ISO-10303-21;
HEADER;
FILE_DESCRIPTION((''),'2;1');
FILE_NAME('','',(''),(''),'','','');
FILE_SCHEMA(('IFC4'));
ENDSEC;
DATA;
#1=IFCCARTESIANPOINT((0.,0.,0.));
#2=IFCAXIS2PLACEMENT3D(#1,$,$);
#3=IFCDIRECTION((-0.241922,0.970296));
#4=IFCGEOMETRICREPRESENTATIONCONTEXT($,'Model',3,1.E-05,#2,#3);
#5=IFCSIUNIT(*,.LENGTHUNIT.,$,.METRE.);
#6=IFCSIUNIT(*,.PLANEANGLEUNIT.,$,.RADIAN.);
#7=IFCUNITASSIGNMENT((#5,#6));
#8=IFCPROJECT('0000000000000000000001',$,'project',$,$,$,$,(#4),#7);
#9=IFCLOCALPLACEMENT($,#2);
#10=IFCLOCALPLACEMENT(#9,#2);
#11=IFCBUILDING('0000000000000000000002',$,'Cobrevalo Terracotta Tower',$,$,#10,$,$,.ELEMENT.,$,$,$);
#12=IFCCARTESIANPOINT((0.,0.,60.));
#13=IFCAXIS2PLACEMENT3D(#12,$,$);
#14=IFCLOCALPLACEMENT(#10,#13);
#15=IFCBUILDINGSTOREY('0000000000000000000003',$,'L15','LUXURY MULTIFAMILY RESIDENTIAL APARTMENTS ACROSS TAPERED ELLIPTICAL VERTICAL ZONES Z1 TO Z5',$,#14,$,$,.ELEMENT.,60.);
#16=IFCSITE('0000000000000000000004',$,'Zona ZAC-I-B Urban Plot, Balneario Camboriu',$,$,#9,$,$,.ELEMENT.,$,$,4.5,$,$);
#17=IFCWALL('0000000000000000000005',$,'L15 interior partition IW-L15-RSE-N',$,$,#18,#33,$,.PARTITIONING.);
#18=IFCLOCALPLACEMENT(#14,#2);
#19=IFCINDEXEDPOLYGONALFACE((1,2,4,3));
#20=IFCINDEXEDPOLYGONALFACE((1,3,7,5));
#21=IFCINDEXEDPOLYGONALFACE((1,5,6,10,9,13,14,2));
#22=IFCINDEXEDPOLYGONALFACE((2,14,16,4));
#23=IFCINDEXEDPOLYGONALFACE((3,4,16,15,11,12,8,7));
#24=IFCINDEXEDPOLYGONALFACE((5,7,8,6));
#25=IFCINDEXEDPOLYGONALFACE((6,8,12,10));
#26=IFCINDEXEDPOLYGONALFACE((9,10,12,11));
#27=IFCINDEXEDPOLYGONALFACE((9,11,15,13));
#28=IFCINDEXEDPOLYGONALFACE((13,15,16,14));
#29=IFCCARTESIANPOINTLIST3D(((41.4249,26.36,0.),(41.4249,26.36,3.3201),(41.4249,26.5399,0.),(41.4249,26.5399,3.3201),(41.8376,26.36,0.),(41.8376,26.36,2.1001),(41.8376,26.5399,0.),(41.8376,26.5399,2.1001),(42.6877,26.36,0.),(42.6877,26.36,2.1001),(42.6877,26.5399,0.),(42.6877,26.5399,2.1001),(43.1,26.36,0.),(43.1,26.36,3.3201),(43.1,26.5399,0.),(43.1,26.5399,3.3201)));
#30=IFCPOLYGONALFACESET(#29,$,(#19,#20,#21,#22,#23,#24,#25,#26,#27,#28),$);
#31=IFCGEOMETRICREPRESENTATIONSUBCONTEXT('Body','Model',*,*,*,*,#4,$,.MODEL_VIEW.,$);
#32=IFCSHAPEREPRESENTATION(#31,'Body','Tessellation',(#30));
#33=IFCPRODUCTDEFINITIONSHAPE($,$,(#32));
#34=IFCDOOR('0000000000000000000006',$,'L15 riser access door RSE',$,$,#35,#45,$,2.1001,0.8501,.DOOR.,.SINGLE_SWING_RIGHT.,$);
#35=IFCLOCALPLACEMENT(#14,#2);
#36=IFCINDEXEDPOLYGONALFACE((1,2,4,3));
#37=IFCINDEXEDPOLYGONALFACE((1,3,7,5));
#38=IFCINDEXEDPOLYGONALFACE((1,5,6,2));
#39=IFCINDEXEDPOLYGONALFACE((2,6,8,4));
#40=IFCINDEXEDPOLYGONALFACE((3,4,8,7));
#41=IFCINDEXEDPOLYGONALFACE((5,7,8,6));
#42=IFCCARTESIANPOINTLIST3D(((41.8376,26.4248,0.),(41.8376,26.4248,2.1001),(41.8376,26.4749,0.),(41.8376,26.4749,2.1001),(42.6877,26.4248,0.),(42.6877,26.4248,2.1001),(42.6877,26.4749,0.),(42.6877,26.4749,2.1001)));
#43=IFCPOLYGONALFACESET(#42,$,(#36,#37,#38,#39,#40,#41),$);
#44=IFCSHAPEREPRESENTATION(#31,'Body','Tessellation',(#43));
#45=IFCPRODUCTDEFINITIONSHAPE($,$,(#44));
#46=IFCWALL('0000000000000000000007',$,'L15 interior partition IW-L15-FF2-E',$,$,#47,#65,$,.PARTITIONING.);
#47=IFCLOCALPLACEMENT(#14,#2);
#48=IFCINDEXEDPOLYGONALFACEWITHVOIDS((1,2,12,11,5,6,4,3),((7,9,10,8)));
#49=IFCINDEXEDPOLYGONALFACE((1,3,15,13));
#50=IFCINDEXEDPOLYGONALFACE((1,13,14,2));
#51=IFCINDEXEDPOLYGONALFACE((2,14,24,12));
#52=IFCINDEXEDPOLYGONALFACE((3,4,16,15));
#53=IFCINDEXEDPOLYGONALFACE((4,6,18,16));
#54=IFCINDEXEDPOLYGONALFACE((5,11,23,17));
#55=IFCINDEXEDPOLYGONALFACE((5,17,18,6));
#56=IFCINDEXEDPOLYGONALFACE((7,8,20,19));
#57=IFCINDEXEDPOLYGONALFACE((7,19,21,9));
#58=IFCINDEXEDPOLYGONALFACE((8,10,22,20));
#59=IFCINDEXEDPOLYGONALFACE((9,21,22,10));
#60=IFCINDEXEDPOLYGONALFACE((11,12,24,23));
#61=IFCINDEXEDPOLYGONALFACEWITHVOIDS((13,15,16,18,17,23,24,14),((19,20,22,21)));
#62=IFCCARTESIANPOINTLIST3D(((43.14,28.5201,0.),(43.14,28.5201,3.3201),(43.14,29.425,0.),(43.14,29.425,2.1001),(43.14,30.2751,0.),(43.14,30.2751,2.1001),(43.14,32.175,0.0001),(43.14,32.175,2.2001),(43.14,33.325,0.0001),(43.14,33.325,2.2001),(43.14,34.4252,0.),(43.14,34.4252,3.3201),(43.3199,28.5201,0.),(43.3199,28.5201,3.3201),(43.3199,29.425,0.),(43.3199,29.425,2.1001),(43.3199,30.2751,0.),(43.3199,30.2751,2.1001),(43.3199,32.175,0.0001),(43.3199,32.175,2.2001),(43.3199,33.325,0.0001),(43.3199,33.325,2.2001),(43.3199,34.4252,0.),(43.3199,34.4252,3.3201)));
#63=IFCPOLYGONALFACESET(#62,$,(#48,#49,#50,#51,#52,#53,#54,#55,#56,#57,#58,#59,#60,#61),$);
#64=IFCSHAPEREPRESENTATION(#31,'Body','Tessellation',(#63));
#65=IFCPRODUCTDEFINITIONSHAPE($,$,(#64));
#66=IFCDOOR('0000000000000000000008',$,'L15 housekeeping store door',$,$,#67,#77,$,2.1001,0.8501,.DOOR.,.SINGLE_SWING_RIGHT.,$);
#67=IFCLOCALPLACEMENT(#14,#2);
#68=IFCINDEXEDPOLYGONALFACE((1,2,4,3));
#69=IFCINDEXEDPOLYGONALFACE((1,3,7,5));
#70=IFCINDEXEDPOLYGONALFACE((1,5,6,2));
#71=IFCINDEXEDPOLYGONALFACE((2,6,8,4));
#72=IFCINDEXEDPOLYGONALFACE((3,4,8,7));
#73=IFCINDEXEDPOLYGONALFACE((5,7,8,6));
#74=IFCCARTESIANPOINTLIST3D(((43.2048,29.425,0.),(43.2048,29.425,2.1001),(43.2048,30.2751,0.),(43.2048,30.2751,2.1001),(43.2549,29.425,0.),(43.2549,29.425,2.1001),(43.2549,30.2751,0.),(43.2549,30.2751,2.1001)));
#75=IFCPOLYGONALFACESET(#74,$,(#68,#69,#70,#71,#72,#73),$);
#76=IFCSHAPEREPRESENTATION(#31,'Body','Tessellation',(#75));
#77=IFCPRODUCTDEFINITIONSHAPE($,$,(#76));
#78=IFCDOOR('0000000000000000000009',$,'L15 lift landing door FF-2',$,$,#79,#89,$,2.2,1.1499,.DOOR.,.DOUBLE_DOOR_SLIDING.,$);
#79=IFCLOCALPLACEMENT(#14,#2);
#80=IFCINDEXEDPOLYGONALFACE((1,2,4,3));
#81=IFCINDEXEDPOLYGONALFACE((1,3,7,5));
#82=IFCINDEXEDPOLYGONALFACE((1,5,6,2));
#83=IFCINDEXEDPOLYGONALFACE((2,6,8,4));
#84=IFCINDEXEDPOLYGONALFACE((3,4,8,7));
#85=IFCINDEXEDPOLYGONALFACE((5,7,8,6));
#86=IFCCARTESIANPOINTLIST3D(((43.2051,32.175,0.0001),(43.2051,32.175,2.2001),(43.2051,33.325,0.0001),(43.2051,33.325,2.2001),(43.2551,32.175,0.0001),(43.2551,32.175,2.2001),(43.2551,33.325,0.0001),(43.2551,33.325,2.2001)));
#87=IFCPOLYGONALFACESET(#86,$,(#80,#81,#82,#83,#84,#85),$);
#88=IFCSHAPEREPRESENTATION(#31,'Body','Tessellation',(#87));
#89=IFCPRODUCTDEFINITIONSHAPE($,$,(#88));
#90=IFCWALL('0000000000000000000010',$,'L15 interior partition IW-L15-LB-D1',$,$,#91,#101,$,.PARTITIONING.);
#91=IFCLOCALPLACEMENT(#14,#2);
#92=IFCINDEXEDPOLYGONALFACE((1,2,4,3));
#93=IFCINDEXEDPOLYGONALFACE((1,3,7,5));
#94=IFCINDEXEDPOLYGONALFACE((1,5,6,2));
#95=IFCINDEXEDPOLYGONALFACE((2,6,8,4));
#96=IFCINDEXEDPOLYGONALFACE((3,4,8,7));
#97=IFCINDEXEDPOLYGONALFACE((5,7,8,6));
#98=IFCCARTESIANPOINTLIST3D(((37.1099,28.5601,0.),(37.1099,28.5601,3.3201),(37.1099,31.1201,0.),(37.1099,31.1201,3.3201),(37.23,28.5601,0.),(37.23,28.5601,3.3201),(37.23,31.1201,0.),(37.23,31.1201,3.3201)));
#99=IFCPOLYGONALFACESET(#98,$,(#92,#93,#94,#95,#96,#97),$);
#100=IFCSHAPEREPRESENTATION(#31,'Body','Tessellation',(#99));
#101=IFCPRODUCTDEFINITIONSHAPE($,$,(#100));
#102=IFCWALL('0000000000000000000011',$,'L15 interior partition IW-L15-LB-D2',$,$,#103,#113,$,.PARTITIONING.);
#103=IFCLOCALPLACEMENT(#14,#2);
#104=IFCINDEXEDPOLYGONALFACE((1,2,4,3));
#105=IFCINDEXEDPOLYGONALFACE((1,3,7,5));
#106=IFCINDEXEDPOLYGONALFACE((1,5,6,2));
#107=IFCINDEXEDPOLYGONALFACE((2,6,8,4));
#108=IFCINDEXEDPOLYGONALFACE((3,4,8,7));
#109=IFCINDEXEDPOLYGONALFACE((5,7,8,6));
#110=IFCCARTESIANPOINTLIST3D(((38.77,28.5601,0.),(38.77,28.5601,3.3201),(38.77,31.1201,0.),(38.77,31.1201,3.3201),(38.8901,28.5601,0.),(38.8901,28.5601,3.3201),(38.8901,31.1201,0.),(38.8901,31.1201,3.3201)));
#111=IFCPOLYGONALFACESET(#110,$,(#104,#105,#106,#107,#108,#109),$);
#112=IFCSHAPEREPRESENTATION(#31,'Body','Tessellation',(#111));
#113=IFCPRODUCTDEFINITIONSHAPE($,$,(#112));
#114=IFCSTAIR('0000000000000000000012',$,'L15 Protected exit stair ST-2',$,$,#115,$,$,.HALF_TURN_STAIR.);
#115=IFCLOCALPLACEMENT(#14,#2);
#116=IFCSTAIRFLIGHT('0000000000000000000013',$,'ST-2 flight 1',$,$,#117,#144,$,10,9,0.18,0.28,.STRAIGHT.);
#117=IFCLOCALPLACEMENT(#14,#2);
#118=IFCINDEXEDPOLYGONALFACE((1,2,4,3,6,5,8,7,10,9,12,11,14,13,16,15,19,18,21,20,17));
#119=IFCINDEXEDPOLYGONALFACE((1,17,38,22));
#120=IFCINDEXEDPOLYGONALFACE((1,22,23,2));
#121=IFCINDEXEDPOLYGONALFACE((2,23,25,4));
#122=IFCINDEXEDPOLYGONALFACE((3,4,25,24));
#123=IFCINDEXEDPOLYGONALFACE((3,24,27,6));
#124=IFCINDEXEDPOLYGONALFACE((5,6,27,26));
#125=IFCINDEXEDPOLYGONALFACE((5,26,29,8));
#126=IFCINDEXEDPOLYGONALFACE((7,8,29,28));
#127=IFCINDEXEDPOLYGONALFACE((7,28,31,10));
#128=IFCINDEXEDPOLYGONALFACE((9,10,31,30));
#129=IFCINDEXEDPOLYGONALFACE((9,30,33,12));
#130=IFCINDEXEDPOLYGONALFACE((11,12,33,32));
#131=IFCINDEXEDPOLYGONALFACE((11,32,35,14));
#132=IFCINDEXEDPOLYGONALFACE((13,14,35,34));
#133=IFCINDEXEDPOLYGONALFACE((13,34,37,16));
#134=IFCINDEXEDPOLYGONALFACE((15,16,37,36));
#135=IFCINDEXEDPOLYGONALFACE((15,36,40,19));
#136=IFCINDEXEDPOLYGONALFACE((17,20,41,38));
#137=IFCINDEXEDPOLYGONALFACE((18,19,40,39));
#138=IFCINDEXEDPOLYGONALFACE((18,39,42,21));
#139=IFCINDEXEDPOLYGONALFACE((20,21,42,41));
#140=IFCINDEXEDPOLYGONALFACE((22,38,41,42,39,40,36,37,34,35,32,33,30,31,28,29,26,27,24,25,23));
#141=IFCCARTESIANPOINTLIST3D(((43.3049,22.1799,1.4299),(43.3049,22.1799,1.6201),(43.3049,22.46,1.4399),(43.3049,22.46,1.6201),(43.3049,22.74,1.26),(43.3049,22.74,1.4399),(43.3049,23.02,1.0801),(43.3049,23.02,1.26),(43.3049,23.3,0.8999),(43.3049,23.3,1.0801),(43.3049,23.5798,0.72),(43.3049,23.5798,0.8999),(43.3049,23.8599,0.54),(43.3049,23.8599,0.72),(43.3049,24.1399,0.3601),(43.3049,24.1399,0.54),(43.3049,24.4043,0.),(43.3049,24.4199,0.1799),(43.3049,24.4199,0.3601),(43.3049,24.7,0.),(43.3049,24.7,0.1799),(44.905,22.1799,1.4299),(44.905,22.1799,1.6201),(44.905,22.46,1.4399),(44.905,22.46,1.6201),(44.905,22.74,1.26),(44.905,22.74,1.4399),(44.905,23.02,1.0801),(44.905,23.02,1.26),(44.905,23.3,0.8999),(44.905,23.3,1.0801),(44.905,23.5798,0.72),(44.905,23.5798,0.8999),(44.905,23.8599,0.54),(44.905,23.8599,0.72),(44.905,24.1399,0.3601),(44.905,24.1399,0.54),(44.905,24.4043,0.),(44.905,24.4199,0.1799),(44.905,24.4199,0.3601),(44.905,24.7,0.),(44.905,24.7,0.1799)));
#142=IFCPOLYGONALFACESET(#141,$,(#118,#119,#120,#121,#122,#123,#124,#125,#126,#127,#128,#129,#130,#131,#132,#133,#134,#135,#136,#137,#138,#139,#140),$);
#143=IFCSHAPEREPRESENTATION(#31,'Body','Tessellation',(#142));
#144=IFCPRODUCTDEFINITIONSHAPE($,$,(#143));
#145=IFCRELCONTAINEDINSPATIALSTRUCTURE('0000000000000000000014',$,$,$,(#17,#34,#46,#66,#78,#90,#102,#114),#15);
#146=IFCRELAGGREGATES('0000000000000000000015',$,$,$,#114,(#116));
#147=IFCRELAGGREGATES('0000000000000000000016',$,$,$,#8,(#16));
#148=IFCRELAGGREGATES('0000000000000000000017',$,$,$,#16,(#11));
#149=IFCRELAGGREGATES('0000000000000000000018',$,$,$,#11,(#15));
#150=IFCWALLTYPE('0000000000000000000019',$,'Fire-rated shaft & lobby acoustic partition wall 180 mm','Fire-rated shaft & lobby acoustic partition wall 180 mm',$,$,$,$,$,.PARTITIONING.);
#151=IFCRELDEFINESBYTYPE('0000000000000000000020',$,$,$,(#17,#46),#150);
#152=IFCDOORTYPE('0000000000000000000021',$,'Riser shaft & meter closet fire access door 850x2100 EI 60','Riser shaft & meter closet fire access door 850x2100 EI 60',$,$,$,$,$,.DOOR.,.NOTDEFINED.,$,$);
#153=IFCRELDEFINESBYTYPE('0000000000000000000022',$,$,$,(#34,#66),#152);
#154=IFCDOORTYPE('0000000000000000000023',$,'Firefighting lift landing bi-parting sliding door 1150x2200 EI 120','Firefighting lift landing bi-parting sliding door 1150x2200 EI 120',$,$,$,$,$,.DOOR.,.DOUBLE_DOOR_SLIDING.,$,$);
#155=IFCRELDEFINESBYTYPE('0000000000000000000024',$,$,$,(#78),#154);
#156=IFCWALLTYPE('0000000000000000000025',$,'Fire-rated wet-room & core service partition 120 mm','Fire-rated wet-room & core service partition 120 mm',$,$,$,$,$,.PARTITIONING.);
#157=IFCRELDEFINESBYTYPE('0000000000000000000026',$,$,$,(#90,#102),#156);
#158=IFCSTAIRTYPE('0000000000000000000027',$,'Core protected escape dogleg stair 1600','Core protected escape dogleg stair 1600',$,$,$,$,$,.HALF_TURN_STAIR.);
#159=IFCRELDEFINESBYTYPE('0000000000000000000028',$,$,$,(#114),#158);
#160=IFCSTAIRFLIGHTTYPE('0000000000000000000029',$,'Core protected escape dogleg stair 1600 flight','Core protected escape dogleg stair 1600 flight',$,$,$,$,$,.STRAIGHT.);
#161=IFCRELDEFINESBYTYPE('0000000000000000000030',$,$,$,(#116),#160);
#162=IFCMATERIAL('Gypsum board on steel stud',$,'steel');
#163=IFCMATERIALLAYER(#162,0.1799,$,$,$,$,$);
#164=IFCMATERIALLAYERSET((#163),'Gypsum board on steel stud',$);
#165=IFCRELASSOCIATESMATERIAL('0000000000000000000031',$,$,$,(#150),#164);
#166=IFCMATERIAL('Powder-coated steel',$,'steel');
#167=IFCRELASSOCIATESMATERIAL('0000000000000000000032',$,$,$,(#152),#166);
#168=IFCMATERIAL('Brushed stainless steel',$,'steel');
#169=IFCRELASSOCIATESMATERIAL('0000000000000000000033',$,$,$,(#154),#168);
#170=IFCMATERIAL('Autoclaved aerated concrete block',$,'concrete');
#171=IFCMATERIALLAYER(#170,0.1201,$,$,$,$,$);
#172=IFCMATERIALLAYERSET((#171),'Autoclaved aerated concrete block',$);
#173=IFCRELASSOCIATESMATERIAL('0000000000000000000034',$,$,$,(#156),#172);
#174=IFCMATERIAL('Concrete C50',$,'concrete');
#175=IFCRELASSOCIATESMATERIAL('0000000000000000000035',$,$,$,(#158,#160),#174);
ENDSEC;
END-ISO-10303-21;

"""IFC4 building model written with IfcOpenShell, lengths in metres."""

from ifc_helpers import new_model, si_unit, direction, frame, frame_2d, origin, place, context, subcontext, project, spatial, polyline, rectangle, outline, extrude, source, transform, mapped, material, layer, layer_set, type_object, element, fill, aggregate, save


model = new_model("IFC4")

# Units and contexts
model_context = context("Model", 3, precision=1e-05, world=origin(), true_north=direction((-0.241922, 0.970296)))
body_context = subcontext(model_context, "Body", "Model", "MODEL_VIEW")
ifc_project = project(units=[si_unit("LENGTHUNIT", "METRE"), si_unit("PLANEANGLEUNIT", "RADIAN")], contexts=[model_context])

# Site, building, storey
site_placement = place(None, origin())
site = spatial("IfcSite", under=ifc_project, at=site_placement, Name="Zona ZAC-I-B Urban Plot, Balneario Camboriu", CompositionType="ELEMENT", RefElevation=4.5)
building_placement = place(site_placement, origin())
building = spatial("IfcBuilding", under=site, at=building_placement, Name="Cobrevalo Terracotta Tower", CompositionType="ELEMENT")
storey_placement = place(building_placement, frame((0.0, 0.0, 60.0)))
storey = spatial("IfcBuildingStorey", under=building, at=storey_placement, Name="L15", Description="LUXURY MULTIFAMILY RESIDENTIAL APARTMENTS ACROSS TAPERED ELLIPTICAL VERTICAL ZONES Z1 TO Z5", CompositionType="ELEMENT", Elevation=60.0)

# Shared definitions
ifc_material_1 = material(Name="Gypsum board on steel stud", Category="steel")

# Shared definitions
ifc_material_2 = material(Name="Brushed stainless steel", Category="steel")

# Wall, opening, door
ifc_layer_1 = layer(ifc_material_1, 0.1799)
ifc_layer_set_1 = layer_set([ifc_layer_1], Name="Gypsum board on steel stud")
wall_type_1 = type_object("IfcWallType", Name="Fire-rated shaft & lobby acoustic partition wall 180 mm", Description="Fire-rated shaft & lobby acoustic partition wall 180 mm", PredefinedType="PARTITIONING", material=ifc_layer_set_1)
wall_1_placement = place(storey_placement, frame((41.425, 26.45, 0.0), z_axis=(0.0, 0.0, 1.0), x_axis=(1.0, 0.0, 0.0)))
wall_1 = element("IfcWall", 1, at=wall_1_placement, inside=storey, type_object=wall_type_1, Name="L15 interior partition IW-L15-RSE-N", PredefinedType="PARTITIONING", context=body_context, shape_type="SweptSolid", body=[
    extrude(rectangle(XDim=1.675, YDim=0.1799, at=frame_2d((0.8374, 0.0))), origin(), (0.0, 0.0, 1.0), 3.3201),
])
opening_1_placement = place(wall_1_placement, frame((0.4126, 0.0, 0.0)))
opening_1 = element("IfcOpeningElement", 2, at=opening_1_placement, cuts=wall_1, PredefinedType="OPENING", context=body_context, shape_type="SweptSolid", body=[
    extrude(rectangle(XDim=0.8501, YDim=2.1001, at=frame_2d((0.425, 1.05))), frame((0.0, 0.1001, 0.0), z_axis=(0.0, -1.0, 0.0), x_axis=(1.0, 0.0, 0.0)), (0.0, 0.0, 1.0), 0.2),
])
ifc_material_3 = material(Name="Powder-coated steel", Category="steel")
door_type_1 = type_object("IfcDoorType", Name="Riser shaft & meter closet fire access door 850x2100 EI 60", Description="Riser shaft & meter closet fire access door 850x2100 EI 60", OperationType="NOTDEFINED", PredefinedType="DOOR", material=ifc_material_3)
shared_shape_1 = source(origin(), body_context, "Body", "SweptSolid", [
    extrude(rectangle(XDim=0.8501, YDim=2.1001, at=frame_2d((0.425, 1.05))), frame((0.0, 0.0249, 0.0), z_axis=(0.0, -1.0, 0.0), x_axis=(1.0, 0.0, 0.0)), (0.0, 0.0, 1.0), 0.05),
])
door_1_placement = place(opening_1_placement, origin())
door_1 = element("IfcDoor", 3, at=door_1_placement, inside=storey, type_object=door_type_1, Name="L15 riser access door RSE", OperationType="SINGLE_SWING_RIGHT", OverallHeight=2.1001, OverallWidth=0.8501, PredefinedType="DOOR", context=body_context, shape_type="MappedRepresentation", body=[
    mapped(shared_shape_1, transform((0.0, 0.0, 0.0), scale=1.0)),
])
fill(opening_1, door_1)

# Wall, openings, doors
wall_2_placement = place(storey_placement, frame((43.23, 28.52, 0.0), z_axis=(0.0, 0.0, 1.0), x_axis=(0.0, 1.0, 0.0)))
wall_2 = element("IfcWall", 4, at=wall_2_placement, inside=storey, type_object=wall_type_1, Name="L15 interior partition IW-L15-FF2-E", PredefinedType="PARTITIONING", context=body_context, shape_type="SweptSolid", body=[
    extrude(rectangle(XDim=5.905, YDim=0.1799, at=frame_2d((2.9526, 0.0))), origin(), (0.0, 0.0, 1.0), 3.3201),
])
opening_2_placement = place(wall_2_placement, frame((0.905, 0.0, 0.0)))
opening_2 = element("IfcOpeningElement", 5, at=opening_2_placement, cuts=wall_2, PredefinedType="OPENING", context=body_context, shape_type="SweptSolid", body=[
    extrude(rectangle(XDim=0.8501, YDim=2.1001, at=frame_2d((0.425, 1.05))), frame((0.0, 0.1001, 0.0), z_axis=(0.0, -1.0, 0.0), x_axis=(1.0, 0.0, 0.0)), (0.0, 0.0, 1.0), 0.2),
])
opening_3_placement = place(wall_2_placement, frame((3.655, 0.0, 0.0)))
opening_3 = element("IfcOpeningElement", 6, at=opening_3_placement, cuts=wall_2, PredefinedType="OPENING", context=body_context, shape_type="SweptSolid", body=[
    extrude(rectangle(XDim=1.1499, YDim=2.2, at=frame_2d((0.575, 1.1001))), frame((0.0, 0.1001, 0.0), z_axis=(0.0, -1.0, 0.0), x_axis=(1.0, 0.0, 0.0)), (0.0, 0.0, 1.0), 0.2),
])
door_2_placement = place(opening_2_placement, frame((0.8501, 0.0, 0.0), z_axis=(0.0, 0.0, 1.0), x_axis=(-1.0, 0.0, 0.0)))
door_2 = element("IfcDoor", 7, at=door_2_placement, inside=storey, type_object=door_type_1, Name="L15 housekeeping store door", OperationType="SINGLE_SWING_RIGHT", OverallHeight=2.1001, OverallWidth=0.8501, PredefinedType="DOOR", context=body_context, shape_type="MappedRepresentation", body=[
    mapped(shared_shape_1, transform((0.0, 0.0, 0.0), scale=1.0)),
])
fill(opening_2, door_2)
door_type_2 = type_object("IfcDoorType", Name="Firefighting lift landing bi-parting sliding door 1150x2200 EI 120", Description="Firefighting lift landing bi-parting sliding door 1150x2200 EI 120", OperationType="DOUBLE_DOOR_SLIDING", PredefinedType="DOOR", material=ifc_material_2)
shared_shape_2 = source(origin(), body_context, "Body", "SweptSolid", [
    extrude(rectangle(XDim=1.1499, YDim=2.2, at=frame_2d((0.575, 1.1001))), frame((0.0, 0.0249, 0.0), z_axis=(0.0, -1.0, 0.0), x_axis=(1.0, 0.0, 0.0)), (0.0, 0.0, 1.0), 0.05),
])
door_3_placement = place(opening_3_placement, origin())
door_3 = element("IfcDoor", 8, at=door_3_placement, inside=storey, type_object=door_type_2, Name="L15 lift landing door FF-2", OperationType="DOUBLE_DOOR_SLIDING", OverallHeight=2.2, OverallWidth=1.1499, PredefinedType="DOOR", context=body_context, shape_type="MappedRepresentation", body=[
    mapped(shared_shape_2, transform((0.0, 0.0, 0.0), scale=1.0)),
])
fill(opening_3, door_3)

# Walls
ifc_material_4 = material(Name="Autoclaved aerated concrete block", Category="concrete")
ifc_layer_2 = layer(ifc_material_4, 0.1201)
ifc_layer_set_2 = layer_set([ifc_layer_2], Name="Autoclaved aerated concrete block")
wall_type_2 = type_object("IfcWallType", Name="Fire-rated wet-room & core service partition 120 mm", Description="Fire-rated wet-room & core service partition 120 mm", PredefinedType="PARTITIONING", material=ifc_layer_set_2)
for number, where, z_axis, x_axis, name in (
    (9, (37.1699, 28.5601, 0.0), (0.0, 0.0, 1.0), (0.0, 1.0, 0.0), "L15 interior partition IW-L15-LB-D1"),
    (10, (38.8301, 28.5601, 0.0), (0.0, 0.0, 1.0), (0.0, 1.0, 0.0), "L15 interior partition IW-L15-LB-D2"),
):
    element("IfcWall", number, at=place(storey_placement, frame(where, z_axis=z_axis, x_axis=x_axis)), inside=storey, type_object=wall_type_2, Name=name, PredefinedType="PARTITIONING", context=body_context, shape_type="SweptSolid", body=[
        extrude(rectangle(XDim=2.5601, YDim=0.1201, at=frame_2d((1.28, 0.0))), origin(), (0.0, 0.0, 1.0), 3.3201),
    ])

# Shared definitions
ifc_material_5 = material(Name="Concrete C50", Category="concrete")

# Stair, stair flight
stair_type = type_object("IfcStairType", Name="Core protected escape dogleg stair 1600", Description="Core protected escape dogleg stair 1600", PredefinedType="HALF_TURN_STAIR", material=ifc_material_5)
stair_placement = place(storey_placement, origin())
stair = element("IfcStair", 11, at=stair_placement, inside=storey, type_object=stair_type, Name="L15 Protected exit stair ST-2", PredefinedType="HALF_TURN_STAIR")
stair_flight_type = type_object("IfcStairFlightType", Name="Core protected escape dogleg stair 1600 flight", Description="Core protected escape dogleg stair 1600 flight", PredefinedType="STRAIGHT", material=ifc_material_5)
stair_flight_placement = place(storey_placement, frame((44.105, 24.7, 0.0), z_axis=(0.0, 0.0, 1.0), x_axis=(0.0, -1.0, 0.0)))
stair_flight = element("IfcStairFlight", 12, at=stair_flight_placement, type_object=stair_flight_type, Name="ST-2 flight 1", NumberOfRisers=10, NumberOfTreads=9, PredefinedType="STRAIGHT", RiserHeight=0.18, TreadLength=0.28, context=body_context, shape_type="SweptSolid", body=[
    extrude(outline(polyline([(0.0, 0.0), (0.0, 0.1799), (0.28, 0.1799), (0.28, 0.3601), (0.5601, 0.3601), (0.5601, 0.54), (0.8401, 0.54), (0.8401, 0.72), (1.1201, 0.72), (1.1201, 0.8999), (1.3999, 0.8999), (1.3999, 1.0801), (1.6799, 1.0801), (1.6799, 1.26), (1.96, 1.26), (1.96, 1.4399), (2.24, 1.4399), (2.24, 1.6201), (2.52, 1.6201), (2.52, 1.8), (2.52, 1.4299), (0.2957, 0.0), (0.0, 0.0)])), frame((0.0, 0.8, 0.0), z_axis=(0.0, -1.0, 0.0), x_axis=(1.0, 0.0, 0.0)), (0.0, 0.0, 1.0), 1.6001),
])
aggregate(stair, [stair_flight])

save(model, "model.ifc")
